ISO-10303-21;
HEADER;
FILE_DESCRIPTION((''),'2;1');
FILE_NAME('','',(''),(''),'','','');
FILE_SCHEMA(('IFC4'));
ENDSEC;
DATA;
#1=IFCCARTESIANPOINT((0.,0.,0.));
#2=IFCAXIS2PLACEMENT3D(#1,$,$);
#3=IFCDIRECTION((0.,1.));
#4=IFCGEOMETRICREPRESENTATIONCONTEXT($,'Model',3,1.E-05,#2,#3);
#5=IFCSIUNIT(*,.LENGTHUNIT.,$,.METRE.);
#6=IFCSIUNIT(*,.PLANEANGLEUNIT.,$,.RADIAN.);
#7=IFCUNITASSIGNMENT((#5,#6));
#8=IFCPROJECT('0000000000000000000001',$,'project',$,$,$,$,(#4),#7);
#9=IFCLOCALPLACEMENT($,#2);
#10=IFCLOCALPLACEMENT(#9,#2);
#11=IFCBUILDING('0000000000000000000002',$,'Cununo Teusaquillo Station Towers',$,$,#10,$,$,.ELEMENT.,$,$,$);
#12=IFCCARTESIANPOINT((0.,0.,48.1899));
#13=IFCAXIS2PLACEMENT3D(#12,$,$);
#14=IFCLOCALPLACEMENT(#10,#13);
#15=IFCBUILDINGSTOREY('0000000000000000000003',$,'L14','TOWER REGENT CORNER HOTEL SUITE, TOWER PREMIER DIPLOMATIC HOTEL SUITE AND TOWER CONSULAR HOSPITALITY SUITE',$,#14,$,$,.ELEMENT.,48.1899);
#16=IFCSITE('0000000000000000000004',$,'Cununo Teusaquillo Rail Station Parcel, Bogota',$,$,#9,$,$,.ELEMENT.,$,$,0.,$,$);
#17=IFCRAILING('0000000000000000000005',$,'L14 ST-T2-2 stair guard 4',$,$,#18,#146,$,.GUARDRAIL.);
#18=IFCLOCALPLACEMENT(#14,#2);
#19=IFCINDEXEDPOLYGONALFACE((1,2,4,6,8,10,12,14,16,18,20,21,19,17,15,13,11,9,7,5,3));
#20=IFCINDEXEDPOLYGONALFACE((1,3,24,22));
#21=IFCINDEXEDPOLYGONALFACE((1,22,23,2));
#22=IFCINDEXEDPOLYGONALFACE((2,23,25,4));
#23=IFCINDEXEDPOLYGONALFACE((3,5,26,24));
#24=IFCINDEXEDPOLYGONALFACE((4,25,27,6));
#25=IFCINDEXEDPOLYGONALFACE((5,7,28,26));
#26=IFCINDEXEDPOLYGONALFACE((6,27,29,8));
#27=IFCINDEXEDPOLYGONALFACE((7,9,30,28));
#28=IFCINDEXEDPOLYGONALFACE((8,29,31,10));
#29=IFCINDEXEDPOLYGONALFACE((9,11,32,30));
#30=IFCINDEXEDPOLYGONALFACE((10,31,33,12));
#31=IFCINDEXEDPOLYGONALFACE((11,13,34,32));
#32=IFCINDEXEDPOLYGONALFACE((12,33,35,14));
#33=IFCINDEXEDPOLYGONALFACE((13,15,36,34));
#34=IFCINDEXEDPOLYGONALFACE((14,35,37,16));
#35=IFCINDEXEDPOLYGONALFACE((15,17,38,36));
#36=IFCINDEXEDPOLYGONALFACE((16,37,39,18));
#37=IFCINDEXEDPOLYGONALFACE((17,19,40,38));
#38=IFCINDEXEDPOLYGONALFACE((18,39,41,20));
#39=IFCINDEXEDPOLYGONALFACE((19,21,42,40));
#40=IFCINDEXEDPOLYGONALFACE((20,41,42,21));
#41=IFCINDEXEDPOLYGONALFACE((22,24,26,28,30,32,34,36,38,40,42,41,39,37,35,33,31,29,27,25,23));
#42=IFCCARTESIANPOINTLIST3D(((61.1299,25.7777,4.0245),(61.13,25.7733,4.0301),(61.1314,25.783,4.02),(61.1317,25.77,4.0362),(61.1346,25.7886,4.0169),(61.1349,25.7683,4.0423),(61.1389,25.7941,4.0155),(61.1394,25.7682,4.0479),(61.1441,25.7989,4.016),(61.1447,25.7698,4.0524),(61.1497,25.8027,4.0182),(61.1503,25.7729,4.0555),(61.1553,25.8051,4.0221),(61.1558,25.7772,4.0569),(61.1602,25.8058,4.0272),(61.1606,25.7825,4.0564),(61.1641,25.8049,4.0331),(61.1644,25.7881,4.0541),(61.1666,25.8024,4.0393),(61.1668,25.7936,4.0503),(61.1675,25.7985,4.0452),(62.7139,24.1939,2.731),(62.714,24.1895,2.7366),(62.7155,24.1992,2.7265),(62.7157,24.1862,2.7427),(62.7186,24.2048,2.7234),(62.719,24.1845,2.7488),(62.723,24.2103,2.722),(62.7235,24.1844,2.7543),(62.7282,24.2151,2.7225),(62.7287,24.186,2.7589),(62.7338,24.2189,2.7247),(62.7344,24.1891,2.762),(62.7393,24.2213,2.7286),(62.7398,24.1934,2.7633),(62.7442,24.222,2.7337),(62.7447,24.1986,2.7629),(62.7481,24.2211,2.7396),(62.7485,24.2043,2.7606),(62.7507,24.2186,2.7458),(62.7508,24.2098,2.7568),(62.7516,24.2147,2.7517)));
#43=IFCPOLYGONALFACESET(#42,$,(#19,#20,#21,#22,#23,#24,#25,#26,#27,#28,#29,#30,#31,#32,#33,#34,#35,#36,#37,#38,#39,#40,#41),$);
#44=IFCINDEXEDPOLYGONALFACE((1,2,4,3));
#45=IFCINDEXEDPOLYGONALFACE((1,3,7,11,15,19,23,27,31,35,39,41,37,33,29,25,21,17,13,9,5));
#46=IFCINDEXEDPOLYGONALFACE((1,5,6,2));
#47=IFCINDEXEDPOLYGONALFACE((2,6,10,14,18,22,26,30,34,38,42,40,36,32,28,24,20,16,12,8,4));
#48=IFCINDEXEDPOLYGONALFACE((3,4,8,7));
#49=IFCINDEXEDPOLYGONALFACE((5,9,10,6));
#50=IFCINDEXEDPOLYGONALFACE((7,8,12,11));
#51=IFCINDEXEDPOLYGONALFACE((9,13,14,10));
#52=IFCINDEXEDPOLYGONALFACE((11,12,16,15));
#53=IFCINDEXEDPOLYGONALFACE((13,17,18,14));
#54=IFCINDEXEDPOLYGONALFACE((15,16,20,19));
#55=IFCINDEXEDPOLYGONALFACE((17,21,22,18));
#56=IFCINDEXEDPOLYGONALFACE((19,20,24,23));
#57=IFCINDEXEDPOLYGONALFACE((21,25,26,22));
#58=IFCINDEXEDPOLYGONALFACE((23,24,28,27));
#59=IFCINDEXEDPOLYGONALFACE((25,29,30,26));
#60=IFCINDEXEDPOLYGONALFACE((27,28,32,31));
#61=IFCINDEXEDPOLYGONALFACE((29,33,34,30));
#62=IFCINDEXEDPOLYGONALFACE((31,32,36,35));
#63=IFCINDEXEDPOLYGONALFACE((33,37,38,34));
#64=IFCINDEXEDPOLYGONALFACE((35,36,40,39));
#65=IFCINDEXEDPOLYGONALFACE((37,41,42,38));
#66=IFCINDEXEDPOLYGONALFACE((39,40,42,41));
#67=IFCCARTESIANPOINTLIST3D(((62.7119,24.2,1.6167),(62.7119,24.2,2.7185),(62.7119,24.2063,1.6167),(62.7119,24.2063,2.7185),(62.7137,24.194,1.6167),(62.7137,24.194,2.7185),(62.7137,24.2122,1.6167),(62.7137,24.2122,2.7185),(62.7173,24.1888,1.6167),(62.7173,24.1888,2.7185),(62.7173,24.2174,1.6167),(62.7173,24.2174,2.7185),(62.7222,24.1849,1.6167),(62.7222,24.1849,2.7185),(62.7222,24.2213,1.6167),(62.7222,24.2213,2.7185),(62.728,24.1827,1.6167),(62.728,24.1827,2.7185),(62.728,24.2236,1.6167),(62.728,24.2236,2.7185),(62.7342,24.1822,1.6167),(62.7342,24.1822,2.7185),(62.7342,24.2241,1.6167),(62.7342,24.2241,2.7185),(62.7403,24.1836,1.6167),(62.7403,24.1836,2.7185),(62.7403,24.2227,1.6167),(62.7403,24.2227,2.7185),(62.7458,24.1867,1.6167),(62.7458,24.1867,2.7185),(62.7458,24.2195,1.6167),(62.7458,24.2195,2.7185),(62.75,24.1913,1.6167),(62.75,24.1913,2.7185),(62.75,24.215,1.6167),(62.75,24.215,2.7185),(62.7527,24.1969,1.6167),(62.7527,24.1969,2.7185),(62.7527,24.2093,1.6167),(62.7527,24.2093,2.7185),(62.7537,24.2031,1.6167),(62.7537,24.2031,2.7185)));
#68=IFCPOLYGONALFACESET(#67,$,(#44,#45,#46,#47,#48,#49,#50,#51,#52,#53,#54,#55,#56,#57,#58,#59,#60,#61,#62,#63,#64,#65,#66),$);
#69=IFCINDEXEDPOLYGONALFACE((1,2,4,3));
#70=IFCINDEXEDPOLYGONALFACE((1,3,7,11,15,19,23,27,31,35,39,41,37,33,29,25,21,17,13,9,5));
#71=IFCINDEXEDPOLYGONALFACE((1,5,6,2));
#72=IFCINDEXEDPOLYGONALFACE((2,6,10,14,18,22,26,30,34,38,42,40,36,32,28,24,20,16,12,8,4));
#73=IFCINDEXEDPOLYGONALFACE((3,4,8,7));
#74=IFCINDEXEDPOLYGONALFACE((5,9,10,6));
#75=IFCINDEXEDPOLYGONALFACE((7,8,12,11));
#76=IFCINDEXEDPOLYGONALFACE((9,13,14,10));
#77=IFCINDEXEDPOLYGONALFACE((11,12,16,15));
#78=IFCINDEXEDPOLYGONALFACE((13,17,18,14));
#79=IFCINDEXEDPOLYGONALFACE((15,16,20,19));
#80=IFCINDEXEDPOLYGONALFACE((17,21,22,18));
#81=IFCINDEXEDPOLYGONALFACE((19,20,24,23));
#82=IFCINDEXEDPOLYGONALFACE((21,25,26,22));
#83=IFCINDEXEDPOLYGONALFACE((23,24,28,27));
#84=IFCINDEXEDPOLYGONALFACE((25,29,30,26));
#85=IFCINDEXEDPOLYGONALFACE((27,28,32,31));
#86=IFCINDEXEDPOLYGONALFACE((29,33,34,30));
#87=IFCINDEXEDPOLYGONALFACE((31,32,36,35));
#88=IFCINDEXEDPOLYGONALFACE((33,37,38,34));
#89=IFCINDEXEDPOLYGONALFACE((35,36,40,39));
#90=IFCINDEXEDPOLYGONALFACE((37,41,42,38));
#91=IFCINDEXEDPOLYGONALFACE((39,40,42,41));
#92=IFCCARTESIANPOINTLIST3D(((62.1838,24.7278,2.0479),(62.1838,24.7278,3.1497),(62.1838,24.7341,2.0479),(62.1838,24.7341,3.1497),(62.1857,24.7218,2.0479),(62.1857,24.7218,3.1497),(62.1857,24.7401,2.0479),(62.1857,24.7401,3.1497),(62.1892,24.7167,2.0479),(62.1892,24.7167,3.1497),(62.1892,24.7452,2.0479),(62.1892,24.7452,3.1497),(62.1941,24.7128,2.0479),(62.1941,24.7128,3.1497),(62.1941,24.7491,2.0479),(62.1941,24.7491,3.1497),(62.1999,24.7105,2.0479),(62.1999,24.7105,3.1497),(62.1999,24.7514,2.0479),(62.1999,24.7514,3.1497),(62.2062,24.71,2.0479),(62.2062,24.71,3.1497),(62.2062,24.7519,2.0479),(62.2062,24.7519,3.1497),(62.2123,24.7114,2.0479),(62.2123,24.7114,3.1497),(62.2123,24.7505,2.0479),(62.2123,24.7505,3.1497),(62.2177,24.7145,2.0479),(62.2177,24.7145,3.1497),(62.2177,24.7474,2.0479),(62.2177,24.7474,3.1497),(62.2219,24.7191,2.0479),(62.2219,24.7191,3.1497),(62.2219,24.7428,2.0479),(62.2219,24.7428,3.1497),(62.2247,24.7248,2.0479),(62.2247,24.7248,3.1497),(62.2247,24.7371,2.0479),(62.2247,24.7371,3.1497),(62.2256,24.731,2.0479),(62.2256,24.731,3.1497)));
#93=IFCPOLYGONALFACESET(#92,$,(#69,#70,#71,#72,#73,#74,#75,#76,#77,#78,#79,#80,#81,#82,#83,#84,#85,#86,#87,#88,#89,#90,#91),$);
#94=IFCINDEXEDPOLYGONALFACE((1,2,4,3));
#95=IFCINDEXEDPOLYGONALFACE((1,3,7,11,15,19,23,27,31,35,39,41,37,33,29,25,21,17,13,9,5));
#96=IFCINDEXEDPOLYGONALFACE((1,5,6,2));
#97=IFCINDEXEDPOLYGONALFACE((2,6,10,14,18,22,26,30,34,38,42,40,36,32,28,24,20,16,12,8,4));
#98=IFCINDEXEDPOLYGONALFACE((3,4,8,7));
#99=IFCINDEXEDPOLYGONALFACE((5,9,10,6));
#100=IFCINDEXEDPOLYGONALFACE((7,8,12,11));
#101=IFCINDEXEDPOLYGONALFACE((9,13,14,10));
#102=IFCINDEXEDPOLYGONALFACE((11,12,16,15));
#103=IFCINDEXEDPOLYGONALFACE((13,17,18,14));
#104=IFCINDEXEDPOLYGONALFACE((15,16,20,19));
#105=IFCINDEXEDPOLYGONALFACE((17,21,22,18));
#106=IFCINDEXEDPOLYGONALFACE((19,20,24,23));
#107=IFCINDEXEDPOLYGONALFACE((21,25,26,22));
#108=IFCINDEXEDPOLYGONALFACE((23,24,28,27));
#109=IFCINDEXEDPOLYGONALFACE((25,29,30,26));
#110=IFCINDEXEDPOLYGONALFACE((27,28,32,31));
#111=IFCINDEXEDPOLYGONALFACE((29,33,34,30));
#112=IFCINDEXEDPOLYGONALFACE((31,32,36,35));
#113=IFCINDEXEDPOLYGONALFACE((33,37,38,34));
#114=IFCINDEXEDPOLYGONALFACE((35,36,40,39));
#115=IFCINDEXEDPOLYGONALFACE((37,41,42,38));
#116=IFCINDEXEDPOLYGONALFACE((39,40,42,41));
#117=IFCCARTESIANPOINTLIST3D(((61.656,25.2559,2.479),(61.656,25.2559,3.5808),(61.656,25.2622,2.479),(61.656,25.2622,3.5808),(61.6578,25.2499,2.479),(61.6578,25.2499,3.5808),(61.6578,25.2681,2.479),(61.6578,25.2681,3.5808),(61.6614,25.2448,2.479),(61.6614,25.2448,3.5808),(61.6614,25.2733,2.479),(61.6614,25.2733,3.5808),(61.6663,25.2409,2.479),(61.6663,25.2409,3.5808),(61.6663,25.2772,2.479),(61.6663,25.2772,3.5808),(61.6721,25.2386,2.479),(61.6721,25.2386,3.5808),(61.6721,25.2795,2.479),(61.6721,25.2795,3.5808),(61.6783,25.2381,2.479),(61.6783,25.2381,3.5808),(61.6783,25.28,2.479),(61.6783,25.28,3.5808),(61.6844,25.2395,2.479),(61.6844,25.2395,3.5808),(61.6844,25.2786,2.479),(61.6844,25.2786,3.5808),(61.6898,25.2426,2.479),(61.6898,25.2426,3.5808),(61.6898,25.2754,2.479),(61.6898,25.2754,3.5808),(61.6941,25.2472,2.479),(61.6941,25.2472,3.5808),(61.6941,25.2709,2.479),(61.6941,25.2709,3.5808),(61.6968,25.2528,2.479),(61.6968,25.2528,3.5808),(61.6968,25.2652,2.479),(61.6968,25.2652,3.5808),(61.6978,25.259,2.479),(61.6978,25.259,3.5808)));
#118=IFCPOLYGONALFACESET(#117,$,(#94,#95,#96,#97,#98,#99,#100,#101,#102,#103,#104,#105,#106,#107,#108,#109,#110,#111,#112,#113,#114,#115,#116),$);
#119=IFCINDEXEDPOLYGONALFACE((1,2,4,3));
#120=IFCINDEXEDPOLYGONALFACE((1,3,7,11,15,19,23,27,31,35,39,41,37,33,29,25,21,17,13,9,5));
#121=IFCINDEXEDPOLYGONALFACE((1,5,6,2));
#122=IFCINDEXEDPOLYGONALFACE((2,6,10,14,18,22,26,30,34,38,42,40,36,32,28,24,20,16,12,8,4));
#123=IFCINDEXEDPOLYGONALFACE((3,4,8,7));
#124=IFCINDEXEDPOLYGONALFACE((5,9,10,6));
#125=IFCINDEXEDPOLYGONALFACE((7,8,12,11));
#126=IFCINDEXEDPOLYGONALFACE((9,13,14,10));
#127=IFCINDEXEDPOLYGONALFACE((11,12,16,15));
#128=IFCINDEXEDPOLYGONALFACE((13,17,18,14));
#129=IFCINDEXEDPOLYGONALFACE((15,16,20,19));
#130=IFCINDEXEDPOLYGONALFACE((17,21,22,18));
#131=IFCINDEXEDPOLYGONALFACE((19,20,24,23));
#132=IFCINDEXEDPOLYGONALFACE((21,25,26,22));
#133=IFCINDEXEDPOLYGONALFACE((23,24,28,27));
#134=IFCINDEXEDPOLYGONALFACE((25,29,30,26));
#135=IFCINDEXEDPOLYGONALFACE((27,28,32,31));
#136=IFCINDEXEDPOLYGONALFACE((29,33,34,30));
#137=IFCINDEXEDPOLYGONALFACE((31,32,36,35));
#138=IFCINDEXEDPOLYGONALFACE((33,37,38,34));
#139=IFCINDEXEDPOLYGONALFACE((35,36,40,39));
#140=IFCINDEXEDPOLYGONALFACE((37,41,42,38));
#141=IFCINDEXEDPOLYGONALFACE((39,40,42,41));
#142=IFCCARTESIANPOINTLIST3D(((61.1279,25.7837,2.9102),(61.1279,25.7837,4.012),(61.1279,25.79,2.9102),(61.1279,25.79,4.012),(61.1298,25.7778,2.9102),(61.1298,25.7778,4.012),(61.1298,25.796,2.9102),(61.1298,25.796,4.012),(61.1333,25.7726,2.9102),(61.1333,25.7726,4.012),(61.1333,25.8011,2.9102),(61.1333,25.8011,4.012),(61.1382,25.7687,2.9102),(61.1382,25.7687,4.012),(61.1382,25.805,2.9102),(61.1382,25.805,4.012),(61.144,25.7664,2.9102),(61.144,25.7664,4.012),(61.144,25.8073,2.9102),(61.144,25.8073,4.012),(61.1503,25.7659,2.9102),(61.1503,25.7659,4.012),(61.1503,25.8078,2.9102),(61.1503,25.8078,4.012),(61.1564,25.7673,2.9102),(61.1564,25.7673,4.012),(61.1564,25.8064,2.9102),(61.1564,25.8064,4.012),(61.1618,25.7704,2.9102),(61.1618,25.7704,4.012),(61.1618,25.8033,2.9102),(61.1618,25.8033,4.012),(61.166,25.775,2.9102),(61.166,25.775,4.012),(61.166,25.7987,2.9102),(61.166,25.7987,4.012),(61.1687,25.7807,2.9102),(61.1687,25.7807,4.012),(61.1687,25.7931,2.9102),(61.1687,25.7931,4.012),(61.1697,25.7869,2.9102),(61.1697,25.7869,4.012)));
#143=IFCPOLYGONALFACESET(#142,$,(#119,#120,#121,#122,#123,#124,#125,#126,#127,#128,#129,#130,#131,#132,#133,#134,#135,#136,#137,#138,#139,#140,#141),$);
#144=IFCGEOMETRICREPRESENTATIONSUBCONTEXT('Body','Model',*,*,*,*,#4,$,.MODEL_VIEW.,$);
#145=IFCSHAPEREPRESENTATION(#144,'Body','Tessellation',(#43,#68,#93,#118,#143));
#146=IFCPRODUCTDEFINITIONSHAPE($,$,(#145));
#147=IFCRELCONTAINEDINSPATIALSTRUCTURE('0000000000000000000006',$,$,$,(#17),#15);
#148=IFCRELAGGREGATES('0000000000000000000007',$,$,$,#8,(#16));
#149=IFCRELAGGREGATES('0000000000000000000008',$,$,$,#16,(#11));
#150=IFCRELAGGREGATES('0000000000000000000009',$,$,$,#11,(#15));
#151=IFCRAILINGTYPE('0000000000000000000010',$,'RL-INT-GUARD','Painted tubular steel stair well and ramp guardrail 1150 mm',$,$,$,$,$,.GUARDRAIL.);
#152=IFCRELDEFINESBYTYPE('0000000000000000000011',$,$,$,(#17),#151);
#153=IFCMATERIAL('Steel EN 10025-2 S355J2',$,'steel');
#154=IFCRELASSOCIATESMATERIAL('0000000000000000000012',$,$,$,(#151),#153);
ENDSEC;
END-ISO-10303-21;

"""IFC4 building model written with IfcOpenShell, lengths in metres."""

from ifc_helpers import new_model, si_unit, direction, frame, origin, origin_2d, place, context, subcontext, project, spatial, circle, extrude, material, type_object, element, save


model = new_model("IFC4")

# Units and contexts
model_context = context("Model", 3, precision=1e-05, world=origin(), true_north=direction((0.0, 1.0)))
body_context = subcontext(model_context, "Body", "Model", "MODEL_VIEW")
ifc_project = project(units=[si_unit("LENGTHUNIT", "METRE"), si_unit("PLANEANGLEUNIT", "RADIAN")], contexts=[model_context])

# Site, building, storey
site_placement = place(None, origin())
site = spatial("IfcSite", under=ifc_project, at=site_placement, Name="Cununo Teusaquillo Rail Station Parcel, Bogota", CompositionType="ELEMENT", RefElevation=0.0)
building_placement = place(site_placement, origin())
building = spatial("IfcBuilding", under=site, at=building_placement, Name="Cununo Teusaquillo Station Towers", CompositionType="ELEMENT")
storey_placement = place(building_placement, frame((0.0, 0.0, 48.1899)))
storey = spatial("IfcBuildingStorey", under=building, at=storey_placement, Name="L14", Description="TOWER REGENT CORNER HOTEL SUITE, TOWER PREMIER DIPLOMATIC HOTEL SUITE AND TOWER CONSULAR HOSPITALITY SUITE", CompositionType="ELEMENT", Elevation=48.1899)

# Railing
ifc_material_1 = material(Name="Steel EN 10025-2 S355J2", Category="steel")
railing_type_1 = type_object("IfcRailingType", Name="RL-INT-GUARD", Description="Painted tubular steel stair well and ramp guardrail 1150 mm", PredefinedType="GUARDRAIL", material=ifc_material_1)
railing_1_placement = place(storey_placement, frame((62.7327, 24.2031, 1.6167)))
element("IfcRailing", 1, at=railing_1_placement, inside=storey, type_object=railing_type_1, Name="L14 ST-T2-2 stair guard 4", PredefinedType="GUARDRAIL", context=body_context, shape_type="SweptSolid", body=[
    extrude(circle(Radius=0.0239, at=origin_2d()), frame((0.0, 0.0, 1.126), z_axis=(-0.612391, 0.612297, 0.500069), x_axis=(-0.707052, -0.707161, 0.0)), (0.0, 0.0, 1.0), 2.5867),
    extrude(circle(Radius=0.021, at=origin_2d()), origin(), (0.0, 0.0, 1.0), 1.1018),
    extrude(circle(Radius=0.021, at=origin_2d()), frame((-0.5281, 0.5278, 0.4312)), (0.0, 0.0, 1.0), 1.1018),
    extrude(circle(Radius=0.021, at=origin_2d()), frame((-1.0559, 1.0559, 0.8623)), (0.0, 0.0, 1.0), 1.1018),
    extrude(circle(Radius=0.021, at=origin_2d()), frame((-1.584, 1.5837, 1.2935)), (0.0, 0.0, 1.0), 1.1018),
])

save(model, "model.ifc")
